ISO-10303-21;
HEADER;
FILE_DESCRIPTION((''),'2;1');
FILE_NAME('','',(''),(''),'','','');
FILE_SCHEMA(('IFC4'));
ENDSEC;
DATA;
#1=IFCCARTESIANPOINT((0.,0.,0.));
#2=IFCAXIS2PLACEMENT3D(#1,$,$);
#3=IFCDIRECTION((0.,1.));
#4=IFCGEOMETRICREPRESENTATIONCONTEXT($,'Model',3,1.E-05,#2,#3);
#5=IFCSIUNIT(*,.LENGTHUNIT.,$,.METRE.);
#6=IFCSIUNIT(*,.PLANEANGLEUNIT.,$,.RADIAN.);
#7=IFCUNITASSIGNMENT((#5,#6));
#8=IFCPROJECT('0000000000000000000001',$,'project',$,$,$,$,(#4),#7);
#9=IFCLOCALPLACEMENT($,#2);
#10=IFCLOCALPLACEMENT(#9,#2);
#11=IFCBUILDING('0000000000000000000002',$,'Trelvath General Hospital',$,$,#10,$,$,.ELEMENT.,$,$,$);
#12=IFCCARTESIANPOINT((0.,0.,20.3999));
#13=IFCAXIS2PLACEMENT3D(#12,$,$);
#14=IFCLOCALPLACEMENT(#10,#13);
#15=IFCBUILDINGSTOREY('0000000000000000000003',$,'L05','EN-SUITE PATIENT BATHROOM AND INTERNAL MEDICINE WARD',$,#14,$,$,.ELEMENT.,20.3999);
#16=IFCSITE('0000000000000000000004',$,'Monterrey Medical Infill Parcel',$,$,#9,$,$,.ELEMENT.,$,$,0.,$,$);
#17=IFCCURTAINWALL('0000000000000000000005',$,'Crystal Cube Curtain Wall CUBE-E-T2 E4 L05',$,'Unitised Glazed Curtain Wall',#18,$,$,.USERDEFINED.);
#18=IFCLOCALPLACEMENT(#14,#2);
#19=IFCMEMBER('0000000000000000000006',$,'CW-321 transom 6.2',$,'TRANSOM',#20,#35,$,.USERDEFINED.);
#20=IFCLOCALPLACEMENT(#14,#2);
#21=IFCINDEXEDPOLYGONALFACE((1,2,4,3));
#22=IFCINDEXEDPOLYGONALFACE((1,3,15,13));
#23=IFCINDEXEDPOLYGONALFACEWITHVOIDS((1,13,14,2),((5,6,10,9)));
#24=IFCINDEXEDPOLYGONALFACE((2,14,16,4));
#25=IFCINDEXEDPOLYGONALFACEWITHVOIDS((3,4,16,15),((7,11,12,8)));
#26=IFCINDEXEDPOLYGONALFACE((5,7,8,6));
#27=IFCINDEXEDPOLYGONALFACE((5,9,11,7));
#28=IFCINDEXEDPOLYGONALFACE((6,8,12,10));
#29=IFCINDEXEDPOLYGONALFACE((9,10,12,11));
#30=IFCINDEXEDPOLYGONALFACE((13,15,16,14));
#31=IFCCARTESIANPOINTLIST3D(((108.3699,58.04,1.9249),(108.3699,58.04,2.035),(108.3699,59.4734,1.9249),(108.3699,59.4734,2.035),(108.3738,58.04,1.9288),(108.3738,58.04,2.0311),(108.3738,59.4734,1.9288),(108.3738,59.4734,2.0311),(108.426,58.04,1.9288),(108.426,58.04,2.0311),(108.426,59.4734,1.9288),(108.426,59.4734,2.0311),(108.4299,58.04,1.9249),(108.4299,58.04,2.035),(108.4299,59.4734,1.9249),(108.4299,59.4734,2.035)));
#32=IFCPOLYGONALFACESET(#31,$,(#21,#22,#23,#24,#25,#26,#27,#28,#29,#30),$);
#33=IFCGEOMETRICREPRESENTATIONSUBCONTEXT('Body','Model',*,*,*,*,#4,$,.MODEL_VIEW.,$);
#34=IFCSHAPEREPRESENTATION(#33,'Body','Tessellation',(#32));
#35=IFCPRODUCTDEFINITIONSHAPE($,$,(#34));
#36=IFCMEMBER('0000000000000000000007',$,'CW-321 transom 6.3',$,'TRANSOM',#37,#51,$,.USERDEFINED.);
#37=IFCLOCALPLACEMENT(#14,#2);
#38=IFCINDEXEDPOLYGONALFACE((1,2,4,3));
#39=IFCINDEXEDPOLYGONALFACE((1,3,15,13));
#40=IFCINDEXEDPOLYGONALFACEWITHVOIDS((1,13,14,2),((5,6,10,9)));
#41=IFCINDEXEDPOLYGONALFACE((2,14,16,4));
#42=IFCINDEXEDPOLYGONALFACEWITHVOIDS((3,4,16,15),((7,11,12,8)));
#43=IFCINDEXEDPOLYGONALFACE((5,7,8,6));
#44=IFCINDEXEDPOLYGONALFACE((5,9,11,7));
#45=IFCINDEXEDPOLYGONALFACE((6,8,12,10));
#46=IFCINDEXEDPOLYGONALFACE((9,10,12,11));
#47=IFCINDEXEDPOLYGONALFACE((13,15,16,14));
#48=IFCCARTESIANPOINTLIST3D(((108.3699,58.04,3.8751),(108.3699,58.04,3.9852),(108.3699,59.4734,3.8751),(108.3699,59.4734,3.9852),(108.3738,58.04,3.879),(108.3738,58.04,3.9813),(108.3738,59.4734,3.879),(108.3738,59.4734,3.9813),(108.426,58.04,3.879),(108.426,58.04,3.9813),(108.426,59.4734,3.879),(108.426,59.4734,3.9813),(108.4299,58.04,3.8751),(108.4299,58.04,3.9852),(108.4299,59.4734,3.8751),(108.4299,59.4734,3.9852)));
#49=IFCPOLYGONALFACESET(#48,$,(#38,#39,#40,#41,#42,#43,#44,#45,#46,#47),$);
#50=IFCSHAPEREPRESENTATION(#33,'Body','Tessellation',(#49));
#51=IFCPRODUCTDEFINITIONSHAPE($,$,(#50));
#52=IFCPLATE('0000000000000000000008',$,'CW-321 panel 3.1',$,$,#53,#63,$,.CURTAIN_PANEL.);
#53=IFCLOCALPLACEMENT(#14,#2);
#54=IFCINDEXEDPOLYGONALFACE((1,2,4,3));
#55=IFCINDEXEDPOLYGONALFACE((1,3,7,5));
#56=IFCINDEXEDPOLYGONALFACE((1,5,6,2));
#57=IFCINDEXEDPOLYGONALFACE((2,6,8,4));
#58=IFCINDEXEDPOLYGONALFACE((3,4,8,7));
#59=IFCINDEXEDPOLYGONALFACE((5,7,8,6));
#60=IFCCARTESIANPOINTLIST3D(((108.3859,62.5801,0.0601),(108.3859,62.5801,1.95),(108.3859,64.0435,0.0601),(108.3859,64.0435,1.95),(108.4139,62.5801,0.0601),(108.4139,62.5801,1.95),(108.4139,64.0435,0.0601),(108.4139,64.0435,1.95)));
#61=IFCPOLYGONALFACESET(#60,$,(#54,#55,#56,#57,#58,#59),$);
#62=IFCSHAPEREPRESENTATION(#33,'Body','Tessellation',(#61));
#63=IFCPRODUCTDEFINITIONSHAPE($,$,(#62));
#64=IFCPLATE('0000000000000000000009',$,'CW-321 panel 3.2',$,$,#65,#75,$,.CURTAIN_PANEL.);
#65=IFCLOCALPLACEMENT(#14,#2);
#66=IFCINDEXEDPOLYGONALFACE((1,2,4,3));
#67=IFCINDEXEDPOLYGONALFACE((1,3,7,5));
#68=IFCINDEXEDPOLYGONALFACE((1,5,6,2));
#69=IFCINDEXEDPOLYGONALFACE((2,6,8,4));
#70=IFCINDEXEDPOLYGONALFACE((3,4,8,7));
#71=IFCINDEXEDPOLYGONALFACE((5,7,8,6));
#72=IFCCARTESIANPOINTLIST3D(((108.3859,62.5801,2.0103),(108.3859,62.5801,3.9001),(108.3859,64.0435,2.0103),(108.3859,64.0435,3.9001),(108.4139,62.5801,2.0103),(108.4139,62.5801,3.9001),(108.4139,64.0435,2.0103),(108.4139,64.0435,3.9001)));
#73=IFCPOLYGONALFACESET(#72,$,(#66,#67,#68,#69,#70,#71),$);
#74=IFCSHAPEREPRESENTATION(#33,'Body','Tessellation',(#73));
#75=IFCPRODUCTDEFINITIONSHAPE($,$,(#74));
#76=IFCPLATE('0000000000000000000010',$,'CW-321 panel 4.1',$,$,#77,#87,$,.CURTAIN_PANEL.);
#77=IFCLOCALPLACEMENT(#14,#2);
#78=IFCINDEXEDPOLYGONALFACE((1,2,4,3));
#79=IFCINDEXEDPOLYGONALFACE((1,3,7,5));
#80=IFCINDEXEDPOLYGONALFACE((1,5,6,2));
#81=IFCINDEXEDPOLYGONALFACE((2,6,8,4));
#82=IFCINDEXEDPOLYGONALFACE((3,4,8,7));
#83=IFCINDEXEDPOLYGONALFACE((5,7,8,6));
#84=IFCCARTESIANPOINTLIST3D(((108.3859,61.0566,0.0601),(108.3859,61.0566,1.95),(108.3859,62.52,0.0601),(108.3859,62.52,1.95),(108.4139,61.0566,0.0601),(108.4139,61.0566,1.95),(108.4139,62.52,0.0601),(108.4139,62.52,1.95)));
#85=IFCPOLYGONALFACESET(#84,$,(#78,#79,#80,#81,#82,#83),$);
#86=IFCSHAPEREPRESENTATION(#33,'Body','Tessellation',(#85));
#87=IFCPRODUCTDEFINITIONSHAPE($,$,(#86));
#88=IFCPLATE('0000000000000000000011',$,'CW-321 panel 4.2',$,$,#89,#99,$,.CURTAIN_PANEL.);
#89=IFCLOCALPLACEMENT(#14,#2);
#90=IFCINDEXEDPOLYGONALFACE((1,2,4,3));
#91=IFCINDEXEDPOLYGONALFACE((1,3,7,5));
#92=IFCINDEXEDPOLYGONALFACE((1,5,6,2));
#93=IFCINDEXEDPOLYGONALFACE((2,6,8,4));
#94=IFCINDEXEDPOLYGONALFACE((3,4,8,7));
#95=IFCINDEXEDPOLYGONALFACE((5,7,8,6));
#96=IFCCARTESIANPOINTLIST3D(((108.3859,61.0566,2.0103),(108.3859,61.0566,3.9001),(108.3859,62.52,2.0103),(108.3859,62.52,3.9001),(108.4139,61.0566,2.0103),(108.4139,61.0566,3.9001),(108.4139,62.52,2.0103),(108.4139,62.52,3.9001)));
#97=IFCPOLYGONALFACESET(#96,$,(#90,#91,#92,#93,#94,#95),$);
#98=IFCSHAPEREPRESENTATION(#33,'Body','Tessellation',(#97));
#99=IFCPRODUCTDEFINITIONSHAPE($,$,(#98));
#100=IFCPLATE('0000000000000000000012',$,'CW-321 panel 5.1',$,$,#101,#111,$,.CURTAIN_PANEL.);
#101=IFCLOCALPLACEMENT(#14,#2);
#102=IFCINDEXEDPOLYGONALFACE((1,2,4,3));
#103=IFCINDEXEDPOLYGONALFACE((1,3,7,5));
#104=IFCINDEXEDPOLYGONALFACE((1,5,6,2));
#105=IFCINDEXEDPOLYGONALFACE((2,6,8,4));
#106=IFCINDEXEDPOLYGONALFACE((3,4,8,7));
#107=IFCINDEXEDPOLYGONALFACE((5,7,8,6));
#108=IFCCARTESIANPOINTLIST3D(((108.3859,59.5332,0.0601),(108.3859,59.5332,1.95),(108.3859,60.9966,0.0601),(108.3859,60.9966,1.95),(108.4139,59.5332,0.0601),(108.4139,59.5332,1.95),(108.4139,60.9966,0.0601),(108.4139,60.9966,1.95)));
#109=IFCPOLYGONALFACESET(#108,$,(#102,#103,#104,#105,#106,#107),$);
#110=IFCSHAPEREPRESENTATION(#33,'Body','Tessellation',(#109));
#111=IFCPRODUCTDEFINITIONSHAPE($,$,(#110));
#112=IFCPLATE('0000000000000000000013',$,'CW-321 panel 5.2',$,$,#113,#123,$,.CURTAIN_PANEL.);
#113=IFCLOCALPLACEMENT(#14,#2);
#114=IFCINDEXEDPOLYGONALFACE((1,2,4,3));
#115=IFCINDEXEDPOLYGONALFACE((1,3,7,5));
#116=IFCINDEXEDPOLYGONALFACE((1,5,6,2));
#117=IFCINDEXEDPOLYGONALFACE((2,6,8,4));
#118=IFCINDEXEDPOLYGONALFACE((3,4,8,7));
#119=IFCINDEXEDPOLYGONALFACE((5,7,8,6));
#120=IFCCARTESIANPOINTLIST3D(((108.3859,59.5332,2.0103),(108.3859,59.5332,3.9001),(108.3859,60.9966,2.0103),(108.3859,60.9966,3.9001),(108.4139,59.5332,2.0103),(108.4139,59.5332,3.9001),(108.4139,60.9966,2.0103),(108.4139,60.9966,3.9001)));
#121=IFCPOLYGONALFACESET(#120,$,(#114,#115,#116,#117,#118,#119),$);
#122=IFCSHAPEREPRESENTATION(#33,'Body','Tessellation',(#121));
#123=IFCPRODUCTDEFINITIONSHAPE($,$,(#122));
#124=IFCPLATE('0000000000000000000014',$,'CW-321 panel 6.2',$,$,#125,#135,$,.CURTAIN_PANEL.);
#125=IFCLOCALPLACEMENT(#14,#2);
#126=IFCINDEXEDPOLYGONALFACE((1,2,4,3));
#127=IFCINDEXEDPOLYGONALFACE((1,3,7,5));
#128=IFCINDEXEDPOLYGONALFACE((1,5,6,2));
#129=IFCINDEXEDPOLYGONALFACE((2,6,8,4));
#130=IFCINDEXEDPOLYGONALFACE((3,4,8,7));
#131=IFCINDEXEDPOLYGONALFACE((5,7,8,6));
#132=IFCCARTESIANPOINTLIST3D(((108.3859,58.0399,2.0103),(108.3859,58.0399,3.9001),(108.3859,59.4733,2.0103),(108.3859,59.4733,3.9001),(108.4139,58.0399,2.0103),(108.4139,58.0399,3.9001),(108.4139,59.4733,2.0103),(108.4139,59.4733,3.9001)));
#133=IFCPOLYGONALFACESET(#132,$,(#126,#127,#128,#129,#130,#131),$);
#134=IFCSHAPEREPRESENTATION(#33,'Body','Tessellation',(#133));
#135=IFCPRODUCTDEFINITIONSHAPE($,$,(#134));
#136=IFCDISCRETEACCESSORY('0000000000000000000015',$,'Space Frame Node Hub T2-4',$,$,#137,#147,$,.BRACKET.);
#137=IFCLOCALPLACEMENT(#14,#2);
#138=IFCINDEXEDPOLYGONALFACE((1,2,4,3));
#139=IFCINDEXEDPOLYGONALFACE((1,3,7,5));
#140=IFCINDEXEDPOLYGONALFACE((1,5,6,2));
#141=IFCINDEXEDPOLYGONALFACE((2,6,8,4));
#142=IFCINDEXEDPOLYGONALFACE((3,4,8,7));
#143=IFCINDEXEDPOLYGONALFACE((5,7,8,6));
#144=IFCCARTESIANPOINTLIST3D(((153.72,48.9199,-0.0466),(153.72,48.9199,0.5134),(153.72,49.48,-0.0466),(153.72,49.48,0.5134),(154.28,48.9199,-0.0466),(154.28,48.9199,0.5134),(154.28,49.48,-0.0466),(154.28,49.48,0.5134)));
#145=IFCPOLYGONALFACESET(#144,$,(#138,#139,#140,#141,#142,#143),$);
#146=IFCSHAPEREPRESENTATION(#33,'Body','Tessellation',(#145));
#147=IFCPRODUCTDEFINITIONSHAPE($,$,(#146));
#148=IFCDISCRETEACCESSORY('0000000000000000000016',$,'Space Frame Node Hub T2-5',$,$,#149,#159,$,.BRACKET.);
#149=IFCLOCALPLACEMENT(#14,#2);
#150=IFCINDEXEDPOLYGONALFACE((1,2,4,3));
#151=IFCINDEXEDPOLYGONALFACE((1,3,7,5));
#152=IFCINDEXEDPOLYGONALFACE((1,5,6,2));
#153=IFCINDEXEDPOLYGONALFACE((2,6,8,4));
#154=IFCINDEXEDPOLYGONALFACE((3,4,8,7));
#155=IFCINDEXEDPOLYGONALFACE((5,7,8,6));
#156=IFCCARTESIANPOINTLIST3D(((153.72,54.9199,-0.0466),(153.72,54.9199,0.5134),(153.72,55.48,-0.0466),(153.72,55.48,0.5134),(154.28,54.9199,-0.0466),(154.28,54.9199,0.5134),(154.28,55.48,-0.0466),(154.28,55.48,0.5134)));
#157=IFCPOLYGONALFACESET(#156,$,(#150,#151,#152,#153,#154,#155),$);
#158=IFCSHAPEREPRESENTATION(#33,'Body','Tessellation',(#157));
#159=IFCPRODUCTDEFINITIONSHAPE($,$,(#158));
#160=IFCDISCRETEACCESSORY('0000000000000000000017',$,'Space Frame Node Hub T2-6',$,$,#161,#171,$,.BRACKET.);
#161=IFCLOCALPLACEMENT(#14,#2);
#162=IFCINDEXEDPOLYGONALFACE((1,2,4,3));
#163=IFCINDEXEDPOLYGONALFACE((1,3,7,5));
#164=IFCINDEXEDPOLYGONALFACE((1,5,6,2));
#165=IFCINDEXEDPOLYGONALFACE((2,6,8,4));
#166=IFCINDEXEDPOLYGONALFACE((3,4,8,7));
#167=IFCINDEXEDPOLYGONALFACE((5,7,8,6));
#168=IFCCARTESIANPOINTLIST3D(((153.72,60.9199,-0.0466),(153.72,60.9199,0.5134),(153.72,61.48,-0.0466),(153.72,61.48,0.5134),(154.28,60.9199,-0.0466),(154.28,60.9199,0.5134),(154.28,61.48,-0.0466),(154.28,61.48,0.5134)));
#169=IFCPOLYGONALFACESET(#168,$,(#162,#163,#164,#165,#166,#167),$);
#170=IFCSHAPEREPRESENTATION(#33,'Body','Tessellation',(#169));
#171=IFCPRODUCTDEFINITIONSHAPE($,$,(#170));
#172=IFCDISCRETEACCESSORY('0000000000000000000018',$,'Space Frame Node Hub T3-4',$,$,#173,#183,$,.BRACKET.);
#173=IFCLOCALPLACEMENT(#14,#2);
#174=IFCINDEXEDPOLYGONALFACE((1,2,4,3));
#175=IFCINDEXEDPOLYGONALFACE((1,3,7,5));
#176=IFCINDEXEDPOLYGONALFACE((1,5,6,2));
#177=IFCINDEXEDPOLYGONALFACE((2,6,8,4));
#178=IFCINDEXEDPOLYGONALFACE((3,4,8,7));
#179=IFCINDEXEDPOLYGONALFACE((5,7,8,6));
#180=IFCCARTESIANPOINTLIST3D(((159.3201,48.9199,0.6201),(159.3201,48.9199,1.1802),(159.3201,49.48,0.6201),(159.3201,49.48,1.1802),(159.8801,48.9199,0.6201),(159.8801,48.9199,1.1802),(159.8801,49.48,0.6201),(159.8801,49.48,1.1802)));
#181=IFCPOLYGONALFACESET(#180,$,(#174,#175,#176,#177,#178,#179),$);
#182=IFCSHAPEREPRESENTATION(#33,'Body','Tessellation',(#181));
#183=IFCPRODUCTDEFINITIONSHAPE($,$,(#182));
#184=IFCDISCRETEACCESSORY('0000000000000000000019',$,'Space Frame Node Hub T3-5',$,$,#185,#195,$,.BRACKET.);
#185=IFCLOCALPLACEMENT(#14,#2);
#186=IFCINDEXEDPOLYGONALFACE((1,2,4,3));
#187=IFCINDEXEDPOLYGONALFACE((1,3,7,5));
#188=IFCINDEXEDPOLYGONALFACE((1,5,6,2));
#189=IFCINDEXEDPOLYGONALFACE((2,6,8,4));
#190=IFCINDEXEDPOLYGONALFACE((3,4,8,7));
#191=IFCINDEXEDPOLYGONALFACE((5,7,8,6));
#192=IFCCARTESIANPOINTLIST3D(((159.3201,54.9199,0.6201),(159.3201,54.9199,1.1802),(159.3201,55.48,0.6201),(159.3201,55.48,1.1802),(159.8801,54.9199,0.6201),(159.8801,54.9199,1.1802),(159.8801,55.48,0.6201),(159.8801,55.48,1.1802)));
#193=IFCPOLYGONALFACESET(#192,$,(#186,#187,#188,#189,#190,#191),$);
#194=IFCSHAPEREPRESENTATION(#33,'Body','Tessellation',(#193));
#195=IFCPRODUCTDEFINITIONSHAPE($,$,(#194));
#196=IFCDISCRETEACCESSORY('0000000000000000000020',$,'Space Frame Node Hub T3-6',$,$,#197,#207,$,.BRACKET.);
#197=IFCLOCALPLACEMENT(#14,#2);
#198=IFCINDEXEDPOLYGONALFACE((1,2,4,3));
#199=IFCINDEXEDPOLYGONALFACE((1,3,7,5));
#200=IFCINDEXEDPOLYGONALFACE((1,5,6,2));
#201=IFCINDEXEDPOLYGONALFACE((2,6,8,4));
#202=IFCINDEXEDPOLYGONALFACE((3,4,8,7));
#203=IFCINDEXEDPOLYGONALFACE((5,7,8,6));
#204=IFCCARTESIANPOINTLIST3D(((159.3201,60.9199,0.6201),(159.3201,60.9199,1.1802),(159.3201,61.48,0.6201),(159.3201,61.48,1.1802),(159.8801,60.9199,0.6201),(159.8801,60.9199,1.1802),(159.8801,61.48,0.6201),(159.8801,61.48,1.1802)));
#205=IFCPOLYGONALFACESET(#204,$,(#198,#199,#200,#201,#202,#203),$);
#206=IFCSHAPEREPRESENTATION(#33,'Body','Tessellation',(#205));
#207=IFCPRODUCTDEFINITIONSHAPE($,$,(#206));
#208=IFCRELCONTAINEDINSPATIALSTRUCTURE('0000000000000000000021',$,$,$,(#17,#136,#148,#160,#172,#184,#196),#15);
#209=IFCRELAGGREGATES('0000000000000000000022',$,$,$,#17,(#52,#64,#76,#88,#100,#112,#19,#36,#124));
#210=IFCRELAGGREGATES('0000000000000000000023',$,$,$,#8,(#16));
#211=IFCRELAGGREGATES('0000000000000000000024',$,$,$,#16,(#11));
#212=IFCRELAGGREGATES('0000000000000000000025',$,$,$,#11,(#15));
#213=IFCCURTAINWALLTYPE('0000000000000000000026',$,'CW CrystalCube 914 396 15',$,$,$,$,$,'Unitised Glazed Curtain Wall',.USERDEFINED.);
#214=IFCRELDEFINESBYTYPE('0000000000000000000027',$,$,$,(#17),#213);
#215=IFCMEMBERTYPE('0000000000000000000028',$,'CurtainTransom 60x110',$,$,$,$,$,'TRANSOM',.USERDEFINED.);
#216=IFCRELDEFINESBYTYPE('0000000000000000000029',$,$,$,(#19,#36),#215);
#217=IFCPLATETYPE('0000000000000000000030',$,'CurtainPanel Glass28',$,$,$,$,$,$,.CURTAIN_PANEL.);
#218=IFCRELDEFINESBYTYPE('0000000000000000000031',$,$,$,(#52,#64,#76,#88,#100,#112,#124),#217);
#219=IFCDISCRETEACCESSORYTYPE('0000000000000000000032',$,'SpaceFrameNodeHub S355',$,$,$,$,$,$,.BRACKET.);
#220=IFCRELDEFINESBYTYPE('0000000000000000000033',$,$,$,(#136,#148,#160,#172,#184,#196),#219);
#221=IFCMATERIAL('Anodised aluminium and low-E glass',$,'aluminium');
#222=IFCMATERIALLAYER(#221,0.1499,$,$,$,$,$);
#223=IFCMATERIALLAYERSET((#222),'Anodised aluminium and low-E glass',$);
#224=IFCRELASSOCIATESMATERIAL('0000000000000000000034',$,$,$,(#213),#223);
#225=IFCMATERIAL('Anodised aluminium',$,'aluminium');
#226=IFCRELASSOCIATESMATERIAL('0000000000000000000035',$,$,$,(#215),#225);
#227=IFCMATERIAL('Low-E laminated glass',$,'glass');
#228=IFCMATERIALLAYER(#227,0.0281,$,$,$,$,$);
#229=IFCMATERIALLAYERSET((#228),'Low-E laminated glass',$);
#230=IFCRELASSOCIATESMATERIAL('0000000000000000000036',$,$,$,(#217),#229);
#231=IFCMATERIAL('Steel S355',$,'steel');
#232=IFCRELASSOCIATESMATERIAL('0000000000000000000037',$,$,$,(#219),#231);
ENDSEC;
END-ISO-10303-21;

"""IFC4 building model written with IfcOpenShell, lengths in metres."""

from ifc_helpers import new_model, si_unit, direction, frame, origin, origin_2d, place, context, subcontext, project, spatial, rectangle, hollow_rectangle, extrude, material, layer, layer_set, material_profile, profile_set, type_object, element, aggregate, save


model = new_model("IFC4")

# Units and contexts
model_context = context("Model", 3, precision=1e-05, world=origin(), true_north=direction((0.0, 1.0)))
body_context = subcontext(model_context, "Body", "Model", "MODEL_VIEW")
ifc_project = project(units=[si_unit("LENGTHUNIT", "METRE"), si_unit("PLANEANGLEUNIT", "RADIAN")], contexts=[model_context])

# Site, building, storey
site_placement = place(None, origin())
site = spatial("IfcSite", under=ifc_project, at=site_placement, Name="Monterrey Medical Infill Parcel", CompositionType="ELEMENT", RefElevation=0.0)
building_placement = place(site_placement, origin())
building = spatial("IfcBuilding", under=site, at=building_placement, Name="Trelvath General Hospital", CompositionType="ELEMENT")
storey_placement = place(building_placement, frame((0.0, 0.0, 20.3999)))
storey = spatial("IfcBuildingStorey", under=building, at=storey_placement, Name="L05", Description="EN-SUITE PATIENT BATHROOM AND INTERNAL MEDICINE WARD", CompositionType="ELEMENT", Elevation=20.3999)

# Curtain wall, members, plates
ifc_material_1 = material(Name="Anodised aluminium and low-E glass", Category="aluminium")
ifc_layer_1 = layer(ifc_material_1, 0.1499)
ifc_layer_set_1 = layer_set([ifc_layer_1], Name="Anodised aluminium and low-E glass")
curtain_wall_type = type_object("IfcCurtainWallType", Name="CW CrystalCube 914 396 15", ElementType="Unitised Glazed Curtain Wall", PredefinedType="USERDEFINED", material=ifc_layer_set_1)
curtain_wall_placement = place(storey_placement, origin())
curtain_wall = element("IfcCurtainWall", 1, at=curtain_wall_placement, inside=storey, type_object=curtain_wall_type, Name="Crystal Cube Curtain Wall CUBE-E-T2 E4 L05", ObjectType="Unitised Glazed Curtain Wall", PredefinedType="USERDEFINED")
ifc_material_2 = material(Name="Anodised aluminium", Category="aluminium")
ifc_material_profile_1 = material_profile(ifc_material_2, hollow_rectangle(XDim=0.0601, YDim=0.1101, WallThickness=0.0039, at=origin_2d()), Name="RHS60x110x4")
ifc_profile_set_1 = profile_set([ifc_material_profile_1], Name="Anodised aluminium")
member_type_1 = type_object("IfcMemberType", Name="CurtainTransom 60x110", ElementType="TRANSOM", PredefinedType="USERDEFINED", material=ifc_profile_set_1)
member_1_placement = place(storey_placement, frame((108.3999, 59.4734, 1.98), z_axis=(0.0, -1.0, 0.0), x_axis=(1.0, 0.0, 0.0)))
member_1 = element("IfcMember", 2, at=member_1_placement, type_object=member_type_1, Name="CW-321 transom 6.2", ObjectType="TRANSOM", PredefinedType="USERDEFINED", context=body_context, shape_type="SweptSolid", body=[
    extrude(hollow_rectangle(XDim=0.0601, YDim=0.1101, WallThickness=0.0039, at=origin_2d()), origin(), (0.0, 0.0, 1.0), 1.4333),
])
member_2_placement = place(storey_placement, frame((108.3999, 59.4734, 3.9302), z_axis=(0.0, -1.0, 0.0), x_axis=(1.0, 0.0, 0.0)))
member_2 = element("IfcMember", 3, at=member_2_placement, type_object=member_type_1, Name="CW-321 transom 6.3", ObjectType="TRANSOM", PredefinedType="USERDEFINED", context=body_context, shape_type="SweptSolid", body=[
    extrude(hollow_rectangle(XDim=0.0601, YDim=0.1101, WallThickness=0.0039, at=origin_2d()), origin(), (0.0, 0.0, 1.0), 1.4333),
])
ifc_material_3 = material(Name="Low-E laminated glass", Category="glass")
ifc_layer_2 = layer(ifc_material_3, 0.0281)
ifc_layer_set_2 = layer_set([ifc_layer_2], Name="Low-E laminated glass")
plate_type = type_object("IfcPlateType", Name="CurtainPanel Glass28", PredefinedType="CURTAIN_PANEL", material=ifc_layer_set_2)
plate_1_placement = place(storey_placement, frame((108.3999, 63.3118, 0.0601), z_axis=(0.0, 0.0, 1.0), x_axis=(0.0, -1.0, 0.0)))
plate_1 = element("IfcPlate", 4, at=plate_1_placement, type_object=plate_type, Name="CW-321 panel 3.1", PredefinedType="CURTAIN_PANEL", context=body_context, shape_type="SweptSolid", body=[
    extrude(rectangle(XDim=1.4634, YDim=0.0281, at=origin_2d()), origin(), (0.0, 0.0, 1.0), 1.8899),
])
plate_2_placement = place(storey_placement, frame((108.3999, 63.3118, 2.0103), z_axis=(0.0, 0.0, 1.0), x_axis=(0.0, -1.0, 0.0)))
plate_2 = element("IfcPlate", 5, at=plate_2_placement, type_object=plate_type, Name="CW-321 panel 3.2", PredefinedType="CURTAIN_PANEL", context=body_context, shape_type="SweptSolid", body=[
    extrude(rectangle(XDim=1.4634, YDim=0.0281, at=origin_2d()), origin(), (0.0, 0.0, 1.0), 1.8899),
])
plate_3_placement = place(storey_placement, frame((108.3999, 61.7883, 0.0601), z_axis=(0.0, 0.0, 1.0), x_axis=(0.0, -1.0, 0.0)))
plate_3 = element("IfcPlate", 6, at=plate_3_placement, type_object=plate_type, Name="CW-321 panel 4.1", PredefinedType="CURTAIN_PANEL", context=body_context, shape_type="SweptSolid", body=[
    extrude(rectangle(XDim=1.4634, YDim=0.0281, at=origin_2d()), origin(), (0.0, 0.0, 1.0), 1.8899),
])
plate_4_placement = place(storey_placement, frame((108.3999, 61.7883, 2.0103), z_axis=(0.0, 0.0, 1.0), x_axis=(0.0, -1.0, 0.0)))
plate_4 = element("IfcPlate", 7, at=plate_4_placement, type_object=plate_type, Name="CW-321 panel 4.2", PredefinedType="CURTAIN_PANEL", context=body_context, shape_type="SweptSolid", body=[
    extrude(rectangle(XDim=1.4634, YDim=0.0281, at=origin_2d()), origin(), (0.0, 0.0, 1.0), 1.8899),
])
plate_5_placement = place(storey_placement, frame((108.3999, 60.2649, 0.0601), z_axis=(0.0, 0.0, 1.0), x_axis=(0.0, -1.0, 0.0)))
plate_5 = element("IfcPlate", 8, at=plate_5_placement, type_object=plate_type, Name="CW-321 panel 5.1", PredefinedType="CURTAIN_PANEL", context=body_context, shape_type="SweptSolid", body=[
    extrude(rectangle(XDim=1.4634, YDim=0.0281, at=origin_2d()), origin(), (0.0, 0.0, 1.0), 1.8899),
])
plate_6_placement = place(storey_placement, frame((108.3999, 60.2649, 2.0103), z_axis=(0.0, 0.0, 1.0), x_axis=(0.0, -1.0, 0.0)))
plate_6 = element("IfcPlate", 9, at=plate_6_placement, type_object=plate_type, Name="CW-321 panel 5.2", PredefinedType="CURTAIN_PANEL", context=body_context, shape_type="SweptSolid", body=[
    extrude(rectangle(XDim=1.4634, YDim=0.0281, at=origin_2d()), origin(), (0.0, 0.0, 1.0), 1.8899),
])
plate_7_placement = place(storey_placement, frame((108.3999, 58.7566, 2.0103), z_axis=(0.0, 0.0, 1.0), x_axis=(0.0, -1.0, 0.0)))
plate_7 = element("IfcPlate", 10, at=plate_7_placement, type_object=plate_type, Name="CW-321 panel 6.2", PredefinedType="CURTAIN_PANEL", context=body_context, shape_type="SweptSolid", body=[
    extrude(rectangle(XDim=1.4333, YDim=0.0281, at=origin_2d()), origin(), (0.0, 0.0, 1.0), 1.8899),
])
aggregate(curtain_wall, [plate_1, plate_2, plate_3, plate_4, plate_5, plate_6, member_1, member_2, plate_7])

# Discrete accessories
ifc_material_4 = material(Name="Steel S355", Category="steel")
discrete_accessory_type = type_object("IfcDiscreteAccessoryType", Name="SpaceFrameNodeHub S355", PredefinedType="BRACKET", material=ifc_material_4)
for number, where, z_axis, x_axis, name in (
    (11, (154.0, 49.2, -0.0466), (0.0, 0.0, 1.0), (1.0, 0.0, 0.0), "Space Frame Node Hub T2-4"),
    (12, (154.0, 55.2, -0.0466), (0.0, 0.0, 1.0), (1.0, 0.0, 0.0), "Space Frame Node Hub T2-5"),
    (13, (154.0, 61.2, -0.0466), (0.0, 0.0, 1.0), (1.0, 0.0, 0.0), "Space Frame Node Hub T2-6"),
    (14, (159.6001, 49.2, 0.6201), (0.0, 0.0, 1.0), (1.0, 0.0, 0.0), "Space Frame Node Hub T3-4"),
    (15, (159.6001, 55.2, 0.6201), (0.0, 0.0, 1.0), (1.0, 0.0, 0.0), "Space Frame Node Hub T3-5"),
    (16, (159.6001, 61.2, 0.6201), (0.0, 0.0, 1.0), (1.0, 0.0, 0.0), "Space Frame Node Hub T3-6"),
):
    element("IfcDiscreteAccessory", number, at=place(storey_placement, frame(where, z_axis=z_axis, x_axis=x_axis)), inside=storey, type_object=discrete_accessory_type, Name=name, PredefinedType="BRACKET", context=body_context, shape_type="SweptSolid", body=[
        extrude(rectangle(XDim=0.5601, YDim=0.5601, at=origin_2d()), origin(), (0.0, 0.0, 1.0), 0.5601),
    ])

save(model, "model.ifc")
